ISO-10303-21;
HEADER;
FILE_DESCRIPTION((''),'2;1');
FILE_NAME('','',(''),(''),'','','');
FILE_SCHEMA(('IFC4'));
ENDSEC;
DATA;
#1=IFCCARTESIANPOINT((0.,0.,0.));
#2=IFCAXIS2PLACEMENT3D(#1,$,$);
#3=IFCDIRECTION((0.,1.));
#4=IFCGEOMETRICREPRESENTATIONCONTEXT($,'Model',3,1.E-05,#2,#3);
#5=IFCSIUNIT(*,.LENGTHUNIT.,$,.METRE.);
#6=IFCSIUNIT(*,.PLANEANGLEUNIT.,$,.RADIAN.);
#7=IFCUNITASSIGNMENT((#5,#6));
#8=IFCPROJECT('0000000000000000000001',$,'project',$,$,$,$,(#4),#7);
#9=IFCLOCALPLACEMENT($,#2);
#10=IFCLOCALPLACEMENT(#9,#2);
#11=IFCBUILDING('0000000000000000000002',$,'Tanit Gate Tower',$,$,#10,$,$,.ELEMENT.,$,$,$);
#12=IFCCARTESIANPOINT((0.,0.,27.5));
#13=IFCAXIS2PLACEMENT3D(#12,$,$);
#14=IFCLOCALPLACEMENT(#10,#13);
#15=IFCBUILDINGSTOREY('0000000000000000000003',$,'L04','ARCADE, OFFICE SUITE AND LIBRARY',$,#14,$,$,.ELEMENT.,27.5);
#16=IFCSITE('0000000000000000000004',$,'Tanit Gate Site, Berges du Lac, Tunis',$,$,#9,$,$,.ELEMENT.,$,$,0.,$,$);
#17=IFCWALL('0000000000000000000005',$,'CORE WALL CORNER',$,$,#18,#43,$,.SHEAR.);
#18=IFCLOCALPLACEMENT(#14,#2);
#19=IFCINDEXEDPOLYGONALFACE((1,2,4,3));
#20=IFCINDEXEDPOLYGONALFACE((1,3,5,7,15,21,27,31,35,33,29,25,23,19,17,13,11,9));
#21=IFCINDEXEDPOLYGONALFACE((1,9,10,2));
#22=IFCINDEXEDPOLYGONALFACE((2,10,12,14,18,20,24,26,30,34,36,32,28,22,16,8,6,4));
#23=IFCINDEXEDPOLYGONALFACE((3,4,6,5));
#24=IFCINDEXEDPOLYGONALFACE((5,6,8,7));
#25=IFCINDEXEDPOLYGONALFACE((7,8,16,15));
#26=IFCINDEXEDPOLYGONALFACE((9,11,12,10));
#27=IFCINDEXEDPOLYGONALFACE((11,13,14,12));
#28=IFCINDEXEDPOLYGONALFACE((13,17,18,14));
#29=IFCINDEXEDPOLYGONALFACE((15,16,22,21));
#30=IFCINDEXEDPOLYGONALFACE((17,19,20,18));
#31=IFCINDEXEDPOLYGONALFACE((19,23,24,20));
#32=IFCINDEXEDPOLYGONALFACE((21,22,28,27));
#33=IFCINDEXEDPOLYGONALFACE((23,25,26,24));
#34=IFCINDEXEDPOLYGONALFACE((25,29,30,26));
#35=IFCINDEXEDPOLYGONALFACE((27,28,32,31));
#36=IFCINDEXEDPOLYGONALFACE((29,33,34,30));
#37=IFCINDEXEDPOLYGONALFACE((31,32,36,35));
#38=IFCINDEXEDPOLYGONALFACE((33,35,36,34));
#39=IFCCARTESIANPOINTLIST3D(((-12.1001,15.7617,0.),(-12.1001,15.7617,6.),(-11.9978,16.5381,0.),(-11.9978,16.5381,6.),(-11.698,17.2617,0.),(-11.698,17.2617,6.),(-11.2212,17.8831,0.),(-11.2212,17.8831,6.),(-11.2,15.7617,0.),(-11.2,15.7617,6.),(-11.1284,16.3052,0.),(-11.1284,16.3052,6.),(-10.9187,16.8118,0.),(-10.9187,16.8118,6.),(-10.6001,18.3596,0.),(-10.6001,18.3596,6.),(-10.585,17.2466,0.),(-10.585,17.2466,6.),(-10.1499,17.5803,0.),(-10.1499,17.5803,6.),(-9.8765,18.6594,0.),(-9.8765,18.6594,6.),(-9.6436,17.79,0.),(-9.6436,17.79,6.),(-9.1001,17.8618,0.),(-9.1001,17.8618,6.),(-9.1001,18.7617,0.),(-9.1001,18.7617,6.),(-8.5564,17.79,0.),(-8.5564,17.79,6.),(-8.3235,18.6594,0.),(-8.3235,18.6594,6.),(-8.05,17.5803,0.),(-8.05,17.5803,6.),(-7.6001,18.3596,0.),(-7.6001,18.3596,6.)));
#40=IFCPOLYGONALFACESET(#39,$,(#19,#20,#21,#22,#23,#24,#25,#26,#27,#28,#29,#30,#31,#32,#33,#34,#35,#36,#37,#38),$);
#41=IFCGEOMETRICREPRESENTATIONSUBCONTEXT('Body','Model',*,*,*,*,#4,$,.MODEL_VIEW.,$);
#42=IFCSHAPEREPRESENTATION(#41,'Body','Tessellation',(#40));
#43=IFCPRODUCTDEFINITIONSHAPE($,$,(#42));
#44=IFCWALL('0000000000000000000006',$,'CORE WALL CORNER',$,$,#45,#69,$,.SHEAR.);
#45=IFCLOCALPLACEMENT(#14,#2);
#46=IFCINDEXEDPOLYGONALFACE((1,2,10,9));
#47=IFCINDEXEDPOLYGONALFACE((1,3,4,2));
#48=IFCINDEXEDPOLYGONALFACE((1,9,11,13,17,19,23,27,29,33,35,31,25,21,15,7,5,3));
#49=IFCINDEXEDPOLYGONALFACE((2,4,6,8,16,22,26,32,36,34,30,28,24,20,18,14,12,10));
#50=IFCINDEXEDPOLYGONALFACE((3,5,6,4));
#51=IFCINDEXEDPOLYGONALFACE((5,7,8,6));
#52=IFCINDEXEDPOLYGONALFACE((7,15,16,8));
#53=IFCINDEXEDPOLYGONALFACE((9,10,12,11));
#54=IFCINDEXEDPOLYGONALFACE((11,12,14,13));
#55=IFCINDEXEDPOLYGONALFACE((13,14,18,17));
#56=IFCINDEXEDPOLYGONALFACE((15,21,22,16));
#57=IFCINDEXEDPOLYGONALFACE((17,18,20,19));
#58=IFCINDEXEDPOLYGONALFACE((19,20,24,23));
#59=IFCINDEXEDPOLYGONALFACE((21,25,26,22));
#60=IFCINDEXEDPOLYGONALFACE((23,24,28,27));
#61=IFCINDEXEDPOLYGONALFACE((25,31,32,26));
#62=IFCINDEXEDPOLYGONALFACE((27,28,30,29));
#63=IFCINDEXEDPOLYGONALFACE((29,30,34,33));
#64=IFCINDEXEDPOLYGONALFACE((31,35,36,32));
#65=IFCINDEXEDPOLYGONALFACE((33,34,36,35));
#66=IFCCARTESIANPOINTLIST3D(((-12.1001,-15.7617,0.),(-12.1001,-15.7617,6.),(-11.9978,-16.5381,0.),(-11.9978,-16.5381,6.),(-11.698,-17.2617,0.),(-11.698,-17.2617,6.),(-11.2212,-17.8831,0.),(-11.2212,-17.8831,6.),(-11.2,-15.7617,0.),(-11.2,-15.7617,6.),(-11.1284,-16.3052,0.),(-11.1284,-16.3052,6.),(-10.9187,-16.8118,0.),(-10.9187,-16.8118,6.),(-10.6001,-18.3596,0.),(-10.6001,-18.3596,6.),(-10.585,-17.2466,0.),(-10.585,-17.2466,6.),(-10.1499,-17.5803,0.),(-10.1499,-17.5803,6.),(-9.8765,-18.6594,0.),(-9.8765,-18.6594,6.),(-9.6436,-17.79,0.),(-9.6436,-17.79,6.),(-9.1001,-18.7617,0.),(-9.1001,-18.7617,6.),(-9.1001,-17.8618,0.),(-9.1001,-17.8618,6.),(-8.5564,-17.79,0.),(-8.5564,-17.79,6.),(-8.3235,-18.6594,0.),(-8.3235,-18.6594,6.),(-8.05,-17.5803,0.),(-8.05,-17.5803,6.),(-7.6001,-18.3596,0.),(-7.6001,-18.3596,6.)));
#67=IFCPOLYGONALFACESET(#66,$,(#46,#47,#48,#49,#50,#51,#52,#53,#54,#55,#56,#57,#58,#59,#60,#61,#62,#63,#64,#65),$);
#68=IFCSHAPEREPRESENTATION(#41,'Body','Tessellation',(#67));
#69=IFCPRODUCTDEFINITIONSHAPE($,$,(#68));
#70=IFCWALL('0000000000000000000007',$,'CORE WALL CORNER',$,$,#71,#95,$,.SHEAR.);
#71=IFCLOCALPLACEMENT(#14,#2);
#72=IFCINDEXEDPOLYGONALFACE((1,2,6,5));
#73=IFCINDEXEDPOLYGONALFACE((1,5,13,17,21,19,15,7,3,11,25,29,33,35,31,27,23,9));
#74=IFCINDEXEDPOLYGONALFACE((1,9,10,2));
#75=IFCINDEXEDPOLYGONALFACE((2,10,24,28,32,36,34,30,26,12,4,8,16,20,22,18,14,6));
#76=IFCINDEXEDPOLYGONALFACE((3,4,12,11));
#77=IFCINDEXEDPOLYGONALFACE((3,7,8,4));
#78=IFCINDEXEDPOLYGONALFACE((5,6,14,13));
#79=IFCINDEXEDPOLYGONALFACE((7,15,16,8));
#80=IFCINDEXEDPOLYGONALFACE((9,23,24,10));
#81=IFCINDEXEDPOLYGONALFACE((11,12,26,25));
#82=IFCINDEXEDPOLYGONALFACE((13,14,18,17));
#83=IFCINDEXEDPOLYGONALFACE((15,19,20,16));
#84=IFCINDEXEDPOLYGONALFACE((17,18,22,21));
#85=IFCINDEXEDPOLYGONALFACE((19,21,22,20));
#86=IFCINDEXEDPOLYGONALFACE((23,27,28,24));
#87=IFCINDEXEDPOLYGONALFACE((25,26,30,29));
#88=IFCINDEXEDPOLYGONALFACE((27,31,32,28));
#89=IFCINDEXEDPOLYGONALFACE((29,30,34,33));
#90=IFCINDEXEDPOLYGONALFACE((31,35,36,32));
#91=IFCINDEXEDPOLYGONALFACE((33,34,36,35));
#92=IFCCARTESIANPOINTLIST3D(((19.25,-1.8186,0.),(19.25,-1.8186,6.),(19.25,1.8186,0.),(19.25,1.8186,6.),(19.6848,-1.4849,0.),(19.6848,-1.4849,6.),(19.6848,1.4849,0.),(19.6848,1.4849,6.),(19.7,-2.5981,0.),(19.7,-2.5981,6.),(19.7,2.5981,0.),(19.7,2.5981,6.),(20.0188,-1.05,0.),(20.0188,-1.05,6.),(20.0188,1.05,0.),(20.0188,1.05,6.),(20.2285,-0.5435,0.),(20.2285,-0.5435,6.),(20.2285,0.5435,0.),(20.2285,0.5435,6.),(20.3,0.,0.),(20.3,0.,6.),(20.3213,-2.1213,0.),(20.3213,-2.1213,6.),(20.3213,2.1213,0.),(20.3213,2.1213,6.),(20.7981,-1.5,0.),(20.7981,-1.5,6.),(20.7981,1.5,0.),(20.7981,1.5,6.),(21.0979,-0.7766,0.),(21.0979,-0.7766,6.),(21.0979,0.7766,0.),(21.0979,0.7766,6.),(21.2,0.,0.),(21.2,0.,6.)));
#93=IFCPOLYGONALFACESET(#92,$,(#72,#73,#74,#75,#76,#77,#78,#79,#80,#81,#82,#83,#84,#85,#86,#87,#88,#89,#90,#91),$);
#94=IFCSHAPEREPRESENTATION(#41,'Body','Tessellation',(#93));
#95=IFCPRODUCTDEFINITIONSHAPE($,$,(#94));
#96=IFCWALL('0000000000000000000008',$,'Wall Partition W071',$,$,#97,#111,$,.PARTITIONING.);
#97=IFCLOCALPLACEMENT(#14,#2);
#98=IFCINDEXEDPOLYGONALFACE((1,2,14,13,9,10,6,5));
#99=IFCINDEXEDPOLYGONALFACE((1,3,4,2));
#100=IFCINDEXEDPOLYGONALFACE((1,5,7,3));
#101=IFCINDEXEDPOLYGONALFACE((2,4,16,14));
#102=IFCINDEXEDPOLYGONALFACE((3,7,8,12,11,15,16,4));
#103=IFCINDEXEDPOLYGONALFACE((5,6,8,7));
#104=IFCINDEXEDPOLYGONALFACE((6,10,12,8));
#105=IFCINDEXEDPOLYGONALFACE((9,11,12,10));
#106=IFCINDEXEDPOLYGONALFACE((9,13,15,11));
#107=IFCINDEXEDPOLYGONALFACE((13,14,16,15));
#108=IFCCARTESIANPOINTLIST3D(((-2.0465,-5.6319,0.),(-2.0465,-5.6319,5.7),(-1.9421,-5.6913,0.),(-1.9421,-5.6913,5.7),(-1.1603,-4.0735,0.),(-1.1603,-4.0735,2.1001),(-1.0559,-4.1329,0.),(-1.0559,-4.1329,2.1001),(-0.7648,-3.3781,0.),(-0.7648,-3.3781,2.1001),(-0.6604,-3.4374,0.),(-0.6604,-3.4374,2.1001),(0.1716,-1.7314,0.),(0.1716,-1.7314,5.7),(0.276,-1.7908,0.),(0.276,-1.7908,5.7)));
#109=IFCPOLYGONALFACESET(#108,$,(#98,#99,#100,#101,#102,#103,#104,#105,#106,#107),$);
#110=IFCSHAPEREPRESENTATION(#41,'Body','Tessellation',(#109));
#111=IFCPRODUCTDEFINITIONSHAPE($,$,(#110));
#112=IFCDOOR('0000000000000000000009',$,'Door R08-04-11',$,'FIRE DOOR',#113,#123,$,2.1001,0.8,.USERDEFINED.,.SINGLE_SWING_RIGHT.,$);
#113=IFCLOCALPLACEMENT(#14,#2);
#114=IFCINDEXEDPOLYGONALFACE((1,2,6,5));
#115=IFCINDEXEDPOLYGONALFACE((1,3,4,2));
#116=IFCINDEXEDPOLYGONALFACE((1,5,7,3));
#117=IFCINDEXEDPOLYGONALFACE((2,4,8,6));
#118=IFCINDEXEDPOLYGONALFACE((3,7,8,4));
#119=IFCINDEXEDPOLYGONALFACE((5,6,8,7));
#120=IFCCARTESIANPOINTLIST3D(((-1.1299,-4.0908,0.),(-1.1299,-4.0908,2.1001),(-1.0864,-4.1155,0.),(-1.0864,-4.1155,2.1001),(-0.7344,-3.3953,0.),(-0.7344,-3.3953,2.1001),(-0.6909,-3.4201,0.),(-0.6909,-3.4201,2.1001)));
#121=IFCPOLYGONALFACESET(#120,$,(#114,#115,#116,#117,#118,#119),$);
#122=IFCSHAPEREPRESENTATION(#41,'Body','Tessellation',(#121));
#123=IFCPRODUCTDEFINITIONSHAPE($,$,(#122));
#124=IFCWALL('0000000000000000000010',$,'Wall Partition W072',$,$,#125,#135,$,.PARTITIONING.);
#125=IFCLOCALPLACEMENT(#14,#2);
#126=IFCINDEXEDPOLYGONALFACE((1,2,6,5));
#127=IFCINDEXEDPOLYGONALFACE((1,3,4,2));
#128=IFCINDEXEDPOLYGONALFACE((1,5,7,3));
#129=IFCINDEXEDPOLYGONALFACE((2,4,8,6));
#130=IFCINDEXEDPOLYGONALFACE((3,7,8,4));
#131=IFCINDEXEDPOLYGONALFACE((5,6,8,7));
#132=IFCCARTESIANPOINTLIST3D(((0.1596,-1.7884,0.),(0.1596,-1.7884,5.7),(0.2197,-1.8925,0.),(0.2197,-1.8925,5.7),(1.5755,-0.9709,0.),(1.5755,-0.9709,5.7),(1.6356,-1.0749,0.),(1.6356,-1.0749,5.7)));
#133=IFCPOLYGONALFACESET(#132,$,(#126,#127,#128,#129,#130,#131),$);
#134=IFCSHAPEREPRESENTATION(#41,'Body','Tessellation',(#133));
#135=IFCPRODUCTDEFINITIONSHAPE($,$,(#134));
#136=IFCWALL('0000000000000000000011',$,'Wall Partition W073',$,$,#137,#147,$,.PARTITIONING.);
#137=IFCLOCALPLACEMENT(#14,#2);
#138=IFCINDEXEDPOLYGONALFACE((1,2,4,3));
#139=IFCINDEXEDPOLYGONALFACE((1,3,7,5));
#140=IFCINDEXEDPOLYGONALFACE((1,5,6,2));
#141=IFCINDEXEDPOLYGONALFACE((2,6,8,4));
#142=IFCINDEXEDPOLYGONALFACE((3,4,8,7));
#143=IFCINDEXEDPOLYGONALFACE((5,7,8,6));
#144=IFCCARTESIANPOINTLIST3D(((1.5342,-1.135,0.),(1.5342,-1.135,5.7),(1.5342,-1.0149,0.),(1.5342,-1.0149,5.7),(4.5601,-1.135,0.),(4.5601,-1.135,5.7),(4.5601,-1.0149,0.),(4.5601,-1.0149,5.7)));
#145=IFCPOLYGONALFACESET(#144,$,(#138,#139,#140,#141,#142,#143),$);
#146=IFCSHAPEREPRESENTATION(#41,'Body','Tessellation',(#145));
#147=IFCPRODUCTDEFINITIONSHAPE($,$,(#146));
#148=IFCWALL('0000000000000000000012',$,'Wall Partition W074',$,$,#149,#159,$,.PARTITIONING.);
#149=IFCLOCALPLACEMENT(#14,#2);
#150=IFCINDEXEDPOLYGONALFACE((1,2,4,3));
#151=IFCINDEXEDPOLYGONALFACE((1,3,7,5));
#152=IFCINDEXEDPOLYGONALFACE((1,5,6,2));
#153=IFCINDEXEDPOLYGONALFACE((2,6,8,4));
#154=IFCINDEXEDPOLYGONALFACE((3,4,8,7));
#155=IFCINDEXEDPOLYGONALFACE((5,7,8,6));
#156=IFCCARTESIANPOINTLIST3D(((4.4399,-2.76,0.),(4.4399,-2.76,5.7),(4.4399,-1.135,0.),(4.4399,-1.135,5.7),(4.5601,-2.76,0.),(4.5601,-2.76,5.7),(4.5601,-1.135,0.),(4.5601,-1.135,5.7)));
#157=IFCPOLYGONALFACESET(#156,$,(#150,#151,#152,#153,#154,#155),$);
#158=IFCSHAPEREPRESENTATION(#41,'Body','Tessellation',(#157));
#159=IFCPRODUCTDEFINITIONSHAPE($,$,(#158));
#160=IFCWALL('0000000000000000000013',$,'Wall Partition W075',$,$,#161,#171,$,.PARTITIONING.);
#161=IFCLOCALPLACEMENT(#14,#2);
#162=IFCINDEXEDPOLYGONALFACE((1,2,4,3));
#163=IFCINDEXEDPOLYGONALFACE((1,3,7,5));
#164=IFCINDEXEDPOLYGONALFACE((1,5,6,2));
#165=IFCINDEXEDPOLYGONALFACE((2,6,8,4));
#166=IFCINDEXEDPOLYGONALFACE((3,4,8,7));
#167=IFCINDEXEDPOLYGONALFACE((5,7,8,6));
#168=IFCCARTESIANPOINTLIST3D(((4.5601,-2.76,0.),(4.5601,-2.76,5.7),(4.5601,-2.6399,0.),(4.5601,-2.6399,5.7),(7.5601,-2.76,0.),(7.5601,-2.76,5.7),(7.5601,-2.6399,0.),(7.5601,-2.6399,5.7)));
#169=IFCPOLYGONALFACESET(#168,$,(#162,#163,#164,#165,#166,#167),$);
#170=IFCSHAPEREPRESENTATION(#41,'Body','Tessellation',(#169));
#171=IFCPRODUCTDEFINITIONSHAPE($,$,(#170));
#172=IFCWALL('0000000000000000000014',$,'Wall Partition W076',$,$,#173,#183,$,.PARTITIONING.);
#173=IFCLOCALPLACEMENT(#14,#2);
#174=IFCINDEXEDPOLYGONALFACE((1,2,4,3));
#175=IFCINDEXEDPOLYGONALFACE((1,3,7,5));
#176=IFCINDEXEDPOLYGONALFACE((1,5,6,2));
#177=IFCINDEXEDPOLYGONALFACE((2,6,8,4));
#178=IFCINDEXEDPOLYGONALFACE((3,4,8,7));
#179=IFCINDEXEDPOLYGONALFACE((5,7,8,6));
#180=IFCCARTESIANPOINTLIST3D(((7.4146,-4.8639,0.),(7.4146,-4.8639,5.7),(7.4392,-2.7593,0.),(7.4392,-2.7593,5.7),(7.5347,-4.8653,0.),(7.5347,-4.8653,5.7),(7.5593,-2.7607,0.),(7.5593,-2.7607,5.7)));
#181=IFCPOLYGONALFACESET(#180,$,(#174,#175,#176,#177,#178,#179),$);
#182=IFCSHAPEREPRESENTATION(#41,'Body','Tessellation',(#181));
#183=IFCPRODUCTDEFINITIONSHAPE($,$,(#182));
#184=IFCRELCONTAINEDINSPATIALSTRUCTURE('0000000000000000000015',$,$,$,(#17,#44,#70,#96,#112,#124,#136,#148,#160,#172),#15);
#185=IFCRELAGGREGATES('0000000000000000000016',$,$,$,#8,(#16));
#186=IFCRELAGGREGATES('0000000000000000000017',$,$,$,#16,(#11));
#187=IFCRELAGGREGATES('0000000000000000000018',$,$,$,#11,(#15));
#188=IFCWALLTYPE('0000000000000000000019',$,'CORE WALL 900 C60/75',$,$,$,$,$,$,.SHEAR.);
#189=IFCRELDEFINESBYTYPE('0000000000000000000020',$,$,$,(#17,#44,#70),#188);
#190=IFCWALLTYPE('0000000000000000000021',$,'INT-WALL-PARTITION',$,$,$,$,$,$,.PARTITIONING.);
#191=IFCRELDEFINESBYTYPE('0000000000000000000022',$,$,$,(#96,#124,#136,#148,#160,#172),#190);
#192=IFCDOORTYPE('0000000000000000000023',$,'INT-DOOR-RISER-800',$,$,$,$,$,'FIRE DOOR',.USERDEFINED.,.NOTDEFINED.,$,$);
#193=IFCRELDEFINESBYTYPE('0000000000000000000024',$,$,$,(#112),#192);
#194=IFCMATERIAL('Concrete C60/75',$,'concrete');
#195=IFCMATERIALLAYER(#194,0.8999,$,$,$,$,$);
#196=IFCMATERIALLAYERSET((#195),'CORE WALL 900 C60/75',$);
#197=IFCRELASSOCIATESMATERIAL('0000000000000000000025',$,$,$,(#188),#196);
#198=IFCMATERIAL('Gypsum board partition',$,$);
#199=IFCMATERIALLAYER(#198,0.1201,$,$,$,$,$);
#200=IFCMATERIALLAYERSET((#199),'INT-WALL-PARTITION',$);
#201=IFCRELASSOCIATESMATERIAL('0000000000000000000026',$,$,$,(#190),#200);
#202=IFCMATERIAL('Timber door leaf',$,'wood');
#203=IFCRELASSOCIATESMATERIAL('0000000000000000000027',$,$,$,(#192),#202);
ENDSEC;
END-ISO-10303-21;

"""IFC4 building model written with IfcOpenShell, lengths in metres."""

from ifc_helpers import new_model, si_unit, direction, frame, frame_2d, origin, place, context, subcontext, project, spatial, polyline, rectangle, outline, extrude, material, layer, layer_set, type_object, element, fill, save


model = new_model("IFC4")

# Units and contexts
model_context = context("Model", 3, precision=1e-05, world=origin(), true_north=direction((0.0, 1.0)))
body_context = subcontext(model_context, "Body", "Model", "MODEL_VIEW")
ifc_project = project(units=[si_unit("LENGTHUNIT", "METRE"), si_unit("PLANEANGLEUNIT", "RADIAN")], contexts=[model_context])

# Site, building, storey
site_placement = place(None, origin())
site = spatial("IfcSite", under=ifc_project, at=site_placement, Name="Tanit Gate Site, Berges du Lac, Tunis", CompositionType="ELEMENT", RefElevation=0.0)
building_placement = place(site_placement, origin())
building = spatial("IfcBuilding", under=site, at=building_placement, Name="Tanit Gate Tower", CompositionType="ELEMENT")
storey_placement = place(building_placement, frame((0.0, 0.0, 27.5)))
storey = spatial("IfcBuildingStorey", under=building, at=storey_placement, Name="L04", Description="ARCADE, OFFICE SUITE AND LIBRARY", CompositionType="ELEMENT", Elevation=27.5)

# Walls
ifc_material_1 = material(Name="Concrete C60/75", Category="concrete")
ifc_layer_1 = layer(ifc_material_1, 0.8999)
ifc_layer_set_1 = layer_set([ifc_layer_1], Name="CORE WALL 900 C60/75")
wall_type_1 = type_object("IfcWallType", Name="CORE WALL 900 C60/75", PredefinedType="SHEAR", material=ifc_layer_set_1)
wall_1_placement = place(storey_placement, origin())
element("IfcWall", 1, at=wall_1_placement, inside=storey, type_object=wall_type_1, Name="CORE WALL CORNER", PredefinedType="SHEAR", context=body_context, shape_type="SweptSolid", body=[
    extrude(outline(polyline([(-7.6001, 18.3596), (-8.3235, 18.6594), (-9.1001, 18.7617), (-9.8765, 18.6594), (-10.6001, 18.3596), (-11.2212, 17.8831), (-11.698, 17.2617), (-11.9978, 16.5381), (-12.1001, 15.7617), (-11.2, 15.7617), (-11.1284, 16.3052), (-10.9187, 16.8118), (-10.585, 17.2466), (-10.1499, 17.5803), (-9.6436, 17.79), (-9.1001, 17.8618), (-8.5564, 17.79), (-8.05, 17.5803), (-7.6001, 18.3596)])), origin(), (0.0, 0.0, 1.0), 6.0),
])
wall_2_placement = place(storey_placement, origin())
element("IfcWall", 2, at=wall_2_placement, inside=storey, type_object=wall_type_1, Name="CORE WALL CORNER", PredefinedType="SHEAR", context=body_context, shape_type="SweptSolid", body=[
    extrude(outline(polyline([(-12.1001, -15.7617), (-11.9978, -16.5381), (-11.698, -17.2617), (-11.2212, -17.8831), (-10.6001, -18.3596), (-9.8765, -18.6594), (-9.1001, -18.7617), (-8.3235, -18.6594), (-7.6001, -18.3596), (-8.05, -17.5803), (-8.5564, -17.79), (-9.1001, -17.8618), (-9.6436, -17.79), (-10.1499, -17.5803), (-10.585, -17.2466), (-10.9187, -16.8118), (-11.1284, -16.3052), (-11.2, -15.7617), (-12.1001, -15.7617)])), origin(), (0.0, 0.0, 1.0), 6.0),
])
wall_3_placement = place(storey_placement, origin())
element("IfcWall", 3, at=wall_3_placement, inside=storey, type_object=wall_type_1, Name="CORE WALL CORNER", PredefinedType="SHEAR", context=body_context, shape_type="SweptSolid", body=[
    extrude(outline(polyline([(19.7, -2.5981), (20.3213, -2.1213), (20.7981, -1.5), (21.0979, -0.7766), (21.2, 0.0), (21.0979, 0.7766), (20.7981, 1.5), (20.3213, 2.1213), (19.7, 2.5981), (19.25, 1.8186), (19.6848, 1.4849), (20.0188, 1.05), (20.2285, 0.5435), (20.3, 0.0), (20.2285, -0.5435), (20.0188, -1.05), (19.6848, -1.4849), (19.25, -1.8186), (19.7, -2.5981)])), origin(), (0.0, 0.0, 1.0), 6.0),
])

# Wall, opening, door
ifc_material_2 = material(Name="Gypsum board partition")
ifc_layer_2 = layer(ifc_material_2, 0.1201)
ifc_layer_set_2 = layer_set([ifc_layer_2], Name="INT-WALL-PARTITION")
wall_type_2 = type_object("IfcWallType", Name="INT-WALL-PARTITION", PredefinedType="PARTITIONING", material=ifc_layer_set_2)
wall_4_placement = place(storey_placement, frame((0.2239, -1.761, 0.0), z_axis=(0.0, 0.0, 1.0), x_axis=(-0.494327, -0.869276, 0.0)))
wall_4 = element("IfcWall", 4, at=wall_4_placement, inside=storey, type_object=wall_type_2, Name="Wall Partition W071", PredefinedType="PARTITIONING", context=body_context, shape_type="SweptSolid", body=[
    extrude(rectangle(XDim=4.4871, YDim=0.1201, at=frame_2d((2.2437, 0.0))), origin(), (0.0, 0.0, 1.0), 5.7),
])
opening_1_placement = place(wall_4_placement, frame((1.8945, 0.0, 0.0)))
opening_1 = element("IfcOpeningElement", 5, at=opening_1_placement, cuts=wall_4, PredefinedType="OPENING", context=body_context, shape_type="SweptSolid", body=[
    extrude(rectangle(XDim=0.8, YDim=2.1001, at=frame_2d((0.3999, 1.05))), frame((0.0, 0.0701, 0.0), z_axis=(0.0, -1.0, 0.0), x_axis=(1.0, 0.0, 0.0)), (0.0, 0.0, 1.0), 0.1401),
])
ifc_material_3 = material(Name="Timber door leaf", Category="wood")
door_type = type_object("IfcDoorType", Name="INT-DOOR-RISER-800", ElementType="FIRE DOOR", OperationType="NOTDEFINED", PredefinedType="USERDEFINED", material=ifc_material_3)
door_1_placement = place(opening_1_placement, origin())
door_1 = element("IfcDoor", 6, at=door_1_placement, inside=storey, type_object=door_type, Name="Door R08-04-11", ObjectType="FIRE DOOR", OperationType="SINGLE_SWING_RIGHT", OverallHeight=2.1001, OverallWidth=0.8, PredefinedType="USERDEFINED", context=body_context, shape_type="SweptSolid", body=[
    extrude(rectangle(XDim=0.8, YDim=2.1001, at=frame_2d((0.3999, 1.05))), frame((0.0, 0.0249, 0.0), z_axis=(0.0, -1.0, 0.0), x_axis=(1.0, 0.0, 0.0)), (0.0, 0.0, 1.0), 0.05),
])
fill(opening_1, door_1)

# Walls
wall_5_placement = place(storey_placement, frame((1.6055, -1.0229, 0.0), z_axis=(0.0, 0.0, 1.0), x_axis=(-0.866002, -0.500041, 0.0)))
element("IfcWall", 7, at=wall_5_placement, inside=storey, type_object=wall_type_2, Name="Wall Partition W072", PredefinedType="PARTITIONING", context=body_context, shape_type="SweptSolid", body=[
    extrude(rectangle(XDim=1.635, YDim=0.1201, at=frame_2d((0.8174, 0.0))), origin(), (0.0, 0.0, 1.0), 5.7),
])
wall_6_placement = place(storey_placement, frame((4.5601, -1.075, 0.0), z_axis=(0.0, 0.0, 1.0), x_axis=(-1.0, 0.0, 0.0)))
element("IfcWall", 8, at=wall_6_placement, inside=storey, type_object=wall_type_2, Name="Wall Partition W073", PredefinedType="PARTITIONING", context=body_context, shape_type="SweptSolid", body=[
    extrude(rectangle(XDim=3.0259, YDim=0.1201, at=frame_2d((1.5129, 0.0))), origin(), (0.0, 0.0, 1.0), 5.7),
])
wall_7_placement = place(storey_placement, frame((4.5, -2.76, 0.0), z_axis=(0.0, 0.0, 1.0), x_axis=(0.0, 1.0, 0.0)))
element("IfcWall", 9, at=wall_7_placement, inside=storey, type_object=wall_type_2, Name="Wall Partition W074", PredefinedType="PARTITIONING", context=body_context, shape_type="SweptSolid", body=[
    extrude(rectangle(XDim=1.625, YDim=0.1201, at=frame_2d((0.8125, 0.0))), origin(), (0.0, 0.0, 1.0), 5.7),
])
wall_8_placement = place(storey_placement, frame((7.5601, -2.7, 0.0), z_axis=(0.0, 0.0, 1.0), x_axis=(-1.0, 0.0, 0.0)))
element("IfcWall", 10, at=wall_8_placement, inside=storey, type_object=wall_type_2, Name="Wall Partition W075", PredefinedType="PARTITIONING", context=body_context, shape_type="SweptSolid", body=[
    extrude(rectangle(XDim=3.0, YDim=0.1201, at=frame_2d((1.5, 0.0))), origin(), (0.0, 0.0, 1.0), 5.7),
])
wall_9_placement = place(storey_placement, frame((7.4746, -4.8645, 0.0), z_axis=(0.0, 0.0, 1.0), x_axis=(0.011716, 0.999931, 0.0)))
element("IfcWall", 11, at=wall_9_placement, inside=storey, type_object=wall_type_2, Name="Wall Partition W076", PredefinedType="PARTITIONING", context=body_context, shape_type="SweptSolid", body=[
    extrude(rectangle(XDim=2.1047, YDim=0.1201, at=frame_2d((1.0522, 0.0))), origin(), (0.0, 0.0, 1.0), 5.7),
])

save(model, "model.ifc")
